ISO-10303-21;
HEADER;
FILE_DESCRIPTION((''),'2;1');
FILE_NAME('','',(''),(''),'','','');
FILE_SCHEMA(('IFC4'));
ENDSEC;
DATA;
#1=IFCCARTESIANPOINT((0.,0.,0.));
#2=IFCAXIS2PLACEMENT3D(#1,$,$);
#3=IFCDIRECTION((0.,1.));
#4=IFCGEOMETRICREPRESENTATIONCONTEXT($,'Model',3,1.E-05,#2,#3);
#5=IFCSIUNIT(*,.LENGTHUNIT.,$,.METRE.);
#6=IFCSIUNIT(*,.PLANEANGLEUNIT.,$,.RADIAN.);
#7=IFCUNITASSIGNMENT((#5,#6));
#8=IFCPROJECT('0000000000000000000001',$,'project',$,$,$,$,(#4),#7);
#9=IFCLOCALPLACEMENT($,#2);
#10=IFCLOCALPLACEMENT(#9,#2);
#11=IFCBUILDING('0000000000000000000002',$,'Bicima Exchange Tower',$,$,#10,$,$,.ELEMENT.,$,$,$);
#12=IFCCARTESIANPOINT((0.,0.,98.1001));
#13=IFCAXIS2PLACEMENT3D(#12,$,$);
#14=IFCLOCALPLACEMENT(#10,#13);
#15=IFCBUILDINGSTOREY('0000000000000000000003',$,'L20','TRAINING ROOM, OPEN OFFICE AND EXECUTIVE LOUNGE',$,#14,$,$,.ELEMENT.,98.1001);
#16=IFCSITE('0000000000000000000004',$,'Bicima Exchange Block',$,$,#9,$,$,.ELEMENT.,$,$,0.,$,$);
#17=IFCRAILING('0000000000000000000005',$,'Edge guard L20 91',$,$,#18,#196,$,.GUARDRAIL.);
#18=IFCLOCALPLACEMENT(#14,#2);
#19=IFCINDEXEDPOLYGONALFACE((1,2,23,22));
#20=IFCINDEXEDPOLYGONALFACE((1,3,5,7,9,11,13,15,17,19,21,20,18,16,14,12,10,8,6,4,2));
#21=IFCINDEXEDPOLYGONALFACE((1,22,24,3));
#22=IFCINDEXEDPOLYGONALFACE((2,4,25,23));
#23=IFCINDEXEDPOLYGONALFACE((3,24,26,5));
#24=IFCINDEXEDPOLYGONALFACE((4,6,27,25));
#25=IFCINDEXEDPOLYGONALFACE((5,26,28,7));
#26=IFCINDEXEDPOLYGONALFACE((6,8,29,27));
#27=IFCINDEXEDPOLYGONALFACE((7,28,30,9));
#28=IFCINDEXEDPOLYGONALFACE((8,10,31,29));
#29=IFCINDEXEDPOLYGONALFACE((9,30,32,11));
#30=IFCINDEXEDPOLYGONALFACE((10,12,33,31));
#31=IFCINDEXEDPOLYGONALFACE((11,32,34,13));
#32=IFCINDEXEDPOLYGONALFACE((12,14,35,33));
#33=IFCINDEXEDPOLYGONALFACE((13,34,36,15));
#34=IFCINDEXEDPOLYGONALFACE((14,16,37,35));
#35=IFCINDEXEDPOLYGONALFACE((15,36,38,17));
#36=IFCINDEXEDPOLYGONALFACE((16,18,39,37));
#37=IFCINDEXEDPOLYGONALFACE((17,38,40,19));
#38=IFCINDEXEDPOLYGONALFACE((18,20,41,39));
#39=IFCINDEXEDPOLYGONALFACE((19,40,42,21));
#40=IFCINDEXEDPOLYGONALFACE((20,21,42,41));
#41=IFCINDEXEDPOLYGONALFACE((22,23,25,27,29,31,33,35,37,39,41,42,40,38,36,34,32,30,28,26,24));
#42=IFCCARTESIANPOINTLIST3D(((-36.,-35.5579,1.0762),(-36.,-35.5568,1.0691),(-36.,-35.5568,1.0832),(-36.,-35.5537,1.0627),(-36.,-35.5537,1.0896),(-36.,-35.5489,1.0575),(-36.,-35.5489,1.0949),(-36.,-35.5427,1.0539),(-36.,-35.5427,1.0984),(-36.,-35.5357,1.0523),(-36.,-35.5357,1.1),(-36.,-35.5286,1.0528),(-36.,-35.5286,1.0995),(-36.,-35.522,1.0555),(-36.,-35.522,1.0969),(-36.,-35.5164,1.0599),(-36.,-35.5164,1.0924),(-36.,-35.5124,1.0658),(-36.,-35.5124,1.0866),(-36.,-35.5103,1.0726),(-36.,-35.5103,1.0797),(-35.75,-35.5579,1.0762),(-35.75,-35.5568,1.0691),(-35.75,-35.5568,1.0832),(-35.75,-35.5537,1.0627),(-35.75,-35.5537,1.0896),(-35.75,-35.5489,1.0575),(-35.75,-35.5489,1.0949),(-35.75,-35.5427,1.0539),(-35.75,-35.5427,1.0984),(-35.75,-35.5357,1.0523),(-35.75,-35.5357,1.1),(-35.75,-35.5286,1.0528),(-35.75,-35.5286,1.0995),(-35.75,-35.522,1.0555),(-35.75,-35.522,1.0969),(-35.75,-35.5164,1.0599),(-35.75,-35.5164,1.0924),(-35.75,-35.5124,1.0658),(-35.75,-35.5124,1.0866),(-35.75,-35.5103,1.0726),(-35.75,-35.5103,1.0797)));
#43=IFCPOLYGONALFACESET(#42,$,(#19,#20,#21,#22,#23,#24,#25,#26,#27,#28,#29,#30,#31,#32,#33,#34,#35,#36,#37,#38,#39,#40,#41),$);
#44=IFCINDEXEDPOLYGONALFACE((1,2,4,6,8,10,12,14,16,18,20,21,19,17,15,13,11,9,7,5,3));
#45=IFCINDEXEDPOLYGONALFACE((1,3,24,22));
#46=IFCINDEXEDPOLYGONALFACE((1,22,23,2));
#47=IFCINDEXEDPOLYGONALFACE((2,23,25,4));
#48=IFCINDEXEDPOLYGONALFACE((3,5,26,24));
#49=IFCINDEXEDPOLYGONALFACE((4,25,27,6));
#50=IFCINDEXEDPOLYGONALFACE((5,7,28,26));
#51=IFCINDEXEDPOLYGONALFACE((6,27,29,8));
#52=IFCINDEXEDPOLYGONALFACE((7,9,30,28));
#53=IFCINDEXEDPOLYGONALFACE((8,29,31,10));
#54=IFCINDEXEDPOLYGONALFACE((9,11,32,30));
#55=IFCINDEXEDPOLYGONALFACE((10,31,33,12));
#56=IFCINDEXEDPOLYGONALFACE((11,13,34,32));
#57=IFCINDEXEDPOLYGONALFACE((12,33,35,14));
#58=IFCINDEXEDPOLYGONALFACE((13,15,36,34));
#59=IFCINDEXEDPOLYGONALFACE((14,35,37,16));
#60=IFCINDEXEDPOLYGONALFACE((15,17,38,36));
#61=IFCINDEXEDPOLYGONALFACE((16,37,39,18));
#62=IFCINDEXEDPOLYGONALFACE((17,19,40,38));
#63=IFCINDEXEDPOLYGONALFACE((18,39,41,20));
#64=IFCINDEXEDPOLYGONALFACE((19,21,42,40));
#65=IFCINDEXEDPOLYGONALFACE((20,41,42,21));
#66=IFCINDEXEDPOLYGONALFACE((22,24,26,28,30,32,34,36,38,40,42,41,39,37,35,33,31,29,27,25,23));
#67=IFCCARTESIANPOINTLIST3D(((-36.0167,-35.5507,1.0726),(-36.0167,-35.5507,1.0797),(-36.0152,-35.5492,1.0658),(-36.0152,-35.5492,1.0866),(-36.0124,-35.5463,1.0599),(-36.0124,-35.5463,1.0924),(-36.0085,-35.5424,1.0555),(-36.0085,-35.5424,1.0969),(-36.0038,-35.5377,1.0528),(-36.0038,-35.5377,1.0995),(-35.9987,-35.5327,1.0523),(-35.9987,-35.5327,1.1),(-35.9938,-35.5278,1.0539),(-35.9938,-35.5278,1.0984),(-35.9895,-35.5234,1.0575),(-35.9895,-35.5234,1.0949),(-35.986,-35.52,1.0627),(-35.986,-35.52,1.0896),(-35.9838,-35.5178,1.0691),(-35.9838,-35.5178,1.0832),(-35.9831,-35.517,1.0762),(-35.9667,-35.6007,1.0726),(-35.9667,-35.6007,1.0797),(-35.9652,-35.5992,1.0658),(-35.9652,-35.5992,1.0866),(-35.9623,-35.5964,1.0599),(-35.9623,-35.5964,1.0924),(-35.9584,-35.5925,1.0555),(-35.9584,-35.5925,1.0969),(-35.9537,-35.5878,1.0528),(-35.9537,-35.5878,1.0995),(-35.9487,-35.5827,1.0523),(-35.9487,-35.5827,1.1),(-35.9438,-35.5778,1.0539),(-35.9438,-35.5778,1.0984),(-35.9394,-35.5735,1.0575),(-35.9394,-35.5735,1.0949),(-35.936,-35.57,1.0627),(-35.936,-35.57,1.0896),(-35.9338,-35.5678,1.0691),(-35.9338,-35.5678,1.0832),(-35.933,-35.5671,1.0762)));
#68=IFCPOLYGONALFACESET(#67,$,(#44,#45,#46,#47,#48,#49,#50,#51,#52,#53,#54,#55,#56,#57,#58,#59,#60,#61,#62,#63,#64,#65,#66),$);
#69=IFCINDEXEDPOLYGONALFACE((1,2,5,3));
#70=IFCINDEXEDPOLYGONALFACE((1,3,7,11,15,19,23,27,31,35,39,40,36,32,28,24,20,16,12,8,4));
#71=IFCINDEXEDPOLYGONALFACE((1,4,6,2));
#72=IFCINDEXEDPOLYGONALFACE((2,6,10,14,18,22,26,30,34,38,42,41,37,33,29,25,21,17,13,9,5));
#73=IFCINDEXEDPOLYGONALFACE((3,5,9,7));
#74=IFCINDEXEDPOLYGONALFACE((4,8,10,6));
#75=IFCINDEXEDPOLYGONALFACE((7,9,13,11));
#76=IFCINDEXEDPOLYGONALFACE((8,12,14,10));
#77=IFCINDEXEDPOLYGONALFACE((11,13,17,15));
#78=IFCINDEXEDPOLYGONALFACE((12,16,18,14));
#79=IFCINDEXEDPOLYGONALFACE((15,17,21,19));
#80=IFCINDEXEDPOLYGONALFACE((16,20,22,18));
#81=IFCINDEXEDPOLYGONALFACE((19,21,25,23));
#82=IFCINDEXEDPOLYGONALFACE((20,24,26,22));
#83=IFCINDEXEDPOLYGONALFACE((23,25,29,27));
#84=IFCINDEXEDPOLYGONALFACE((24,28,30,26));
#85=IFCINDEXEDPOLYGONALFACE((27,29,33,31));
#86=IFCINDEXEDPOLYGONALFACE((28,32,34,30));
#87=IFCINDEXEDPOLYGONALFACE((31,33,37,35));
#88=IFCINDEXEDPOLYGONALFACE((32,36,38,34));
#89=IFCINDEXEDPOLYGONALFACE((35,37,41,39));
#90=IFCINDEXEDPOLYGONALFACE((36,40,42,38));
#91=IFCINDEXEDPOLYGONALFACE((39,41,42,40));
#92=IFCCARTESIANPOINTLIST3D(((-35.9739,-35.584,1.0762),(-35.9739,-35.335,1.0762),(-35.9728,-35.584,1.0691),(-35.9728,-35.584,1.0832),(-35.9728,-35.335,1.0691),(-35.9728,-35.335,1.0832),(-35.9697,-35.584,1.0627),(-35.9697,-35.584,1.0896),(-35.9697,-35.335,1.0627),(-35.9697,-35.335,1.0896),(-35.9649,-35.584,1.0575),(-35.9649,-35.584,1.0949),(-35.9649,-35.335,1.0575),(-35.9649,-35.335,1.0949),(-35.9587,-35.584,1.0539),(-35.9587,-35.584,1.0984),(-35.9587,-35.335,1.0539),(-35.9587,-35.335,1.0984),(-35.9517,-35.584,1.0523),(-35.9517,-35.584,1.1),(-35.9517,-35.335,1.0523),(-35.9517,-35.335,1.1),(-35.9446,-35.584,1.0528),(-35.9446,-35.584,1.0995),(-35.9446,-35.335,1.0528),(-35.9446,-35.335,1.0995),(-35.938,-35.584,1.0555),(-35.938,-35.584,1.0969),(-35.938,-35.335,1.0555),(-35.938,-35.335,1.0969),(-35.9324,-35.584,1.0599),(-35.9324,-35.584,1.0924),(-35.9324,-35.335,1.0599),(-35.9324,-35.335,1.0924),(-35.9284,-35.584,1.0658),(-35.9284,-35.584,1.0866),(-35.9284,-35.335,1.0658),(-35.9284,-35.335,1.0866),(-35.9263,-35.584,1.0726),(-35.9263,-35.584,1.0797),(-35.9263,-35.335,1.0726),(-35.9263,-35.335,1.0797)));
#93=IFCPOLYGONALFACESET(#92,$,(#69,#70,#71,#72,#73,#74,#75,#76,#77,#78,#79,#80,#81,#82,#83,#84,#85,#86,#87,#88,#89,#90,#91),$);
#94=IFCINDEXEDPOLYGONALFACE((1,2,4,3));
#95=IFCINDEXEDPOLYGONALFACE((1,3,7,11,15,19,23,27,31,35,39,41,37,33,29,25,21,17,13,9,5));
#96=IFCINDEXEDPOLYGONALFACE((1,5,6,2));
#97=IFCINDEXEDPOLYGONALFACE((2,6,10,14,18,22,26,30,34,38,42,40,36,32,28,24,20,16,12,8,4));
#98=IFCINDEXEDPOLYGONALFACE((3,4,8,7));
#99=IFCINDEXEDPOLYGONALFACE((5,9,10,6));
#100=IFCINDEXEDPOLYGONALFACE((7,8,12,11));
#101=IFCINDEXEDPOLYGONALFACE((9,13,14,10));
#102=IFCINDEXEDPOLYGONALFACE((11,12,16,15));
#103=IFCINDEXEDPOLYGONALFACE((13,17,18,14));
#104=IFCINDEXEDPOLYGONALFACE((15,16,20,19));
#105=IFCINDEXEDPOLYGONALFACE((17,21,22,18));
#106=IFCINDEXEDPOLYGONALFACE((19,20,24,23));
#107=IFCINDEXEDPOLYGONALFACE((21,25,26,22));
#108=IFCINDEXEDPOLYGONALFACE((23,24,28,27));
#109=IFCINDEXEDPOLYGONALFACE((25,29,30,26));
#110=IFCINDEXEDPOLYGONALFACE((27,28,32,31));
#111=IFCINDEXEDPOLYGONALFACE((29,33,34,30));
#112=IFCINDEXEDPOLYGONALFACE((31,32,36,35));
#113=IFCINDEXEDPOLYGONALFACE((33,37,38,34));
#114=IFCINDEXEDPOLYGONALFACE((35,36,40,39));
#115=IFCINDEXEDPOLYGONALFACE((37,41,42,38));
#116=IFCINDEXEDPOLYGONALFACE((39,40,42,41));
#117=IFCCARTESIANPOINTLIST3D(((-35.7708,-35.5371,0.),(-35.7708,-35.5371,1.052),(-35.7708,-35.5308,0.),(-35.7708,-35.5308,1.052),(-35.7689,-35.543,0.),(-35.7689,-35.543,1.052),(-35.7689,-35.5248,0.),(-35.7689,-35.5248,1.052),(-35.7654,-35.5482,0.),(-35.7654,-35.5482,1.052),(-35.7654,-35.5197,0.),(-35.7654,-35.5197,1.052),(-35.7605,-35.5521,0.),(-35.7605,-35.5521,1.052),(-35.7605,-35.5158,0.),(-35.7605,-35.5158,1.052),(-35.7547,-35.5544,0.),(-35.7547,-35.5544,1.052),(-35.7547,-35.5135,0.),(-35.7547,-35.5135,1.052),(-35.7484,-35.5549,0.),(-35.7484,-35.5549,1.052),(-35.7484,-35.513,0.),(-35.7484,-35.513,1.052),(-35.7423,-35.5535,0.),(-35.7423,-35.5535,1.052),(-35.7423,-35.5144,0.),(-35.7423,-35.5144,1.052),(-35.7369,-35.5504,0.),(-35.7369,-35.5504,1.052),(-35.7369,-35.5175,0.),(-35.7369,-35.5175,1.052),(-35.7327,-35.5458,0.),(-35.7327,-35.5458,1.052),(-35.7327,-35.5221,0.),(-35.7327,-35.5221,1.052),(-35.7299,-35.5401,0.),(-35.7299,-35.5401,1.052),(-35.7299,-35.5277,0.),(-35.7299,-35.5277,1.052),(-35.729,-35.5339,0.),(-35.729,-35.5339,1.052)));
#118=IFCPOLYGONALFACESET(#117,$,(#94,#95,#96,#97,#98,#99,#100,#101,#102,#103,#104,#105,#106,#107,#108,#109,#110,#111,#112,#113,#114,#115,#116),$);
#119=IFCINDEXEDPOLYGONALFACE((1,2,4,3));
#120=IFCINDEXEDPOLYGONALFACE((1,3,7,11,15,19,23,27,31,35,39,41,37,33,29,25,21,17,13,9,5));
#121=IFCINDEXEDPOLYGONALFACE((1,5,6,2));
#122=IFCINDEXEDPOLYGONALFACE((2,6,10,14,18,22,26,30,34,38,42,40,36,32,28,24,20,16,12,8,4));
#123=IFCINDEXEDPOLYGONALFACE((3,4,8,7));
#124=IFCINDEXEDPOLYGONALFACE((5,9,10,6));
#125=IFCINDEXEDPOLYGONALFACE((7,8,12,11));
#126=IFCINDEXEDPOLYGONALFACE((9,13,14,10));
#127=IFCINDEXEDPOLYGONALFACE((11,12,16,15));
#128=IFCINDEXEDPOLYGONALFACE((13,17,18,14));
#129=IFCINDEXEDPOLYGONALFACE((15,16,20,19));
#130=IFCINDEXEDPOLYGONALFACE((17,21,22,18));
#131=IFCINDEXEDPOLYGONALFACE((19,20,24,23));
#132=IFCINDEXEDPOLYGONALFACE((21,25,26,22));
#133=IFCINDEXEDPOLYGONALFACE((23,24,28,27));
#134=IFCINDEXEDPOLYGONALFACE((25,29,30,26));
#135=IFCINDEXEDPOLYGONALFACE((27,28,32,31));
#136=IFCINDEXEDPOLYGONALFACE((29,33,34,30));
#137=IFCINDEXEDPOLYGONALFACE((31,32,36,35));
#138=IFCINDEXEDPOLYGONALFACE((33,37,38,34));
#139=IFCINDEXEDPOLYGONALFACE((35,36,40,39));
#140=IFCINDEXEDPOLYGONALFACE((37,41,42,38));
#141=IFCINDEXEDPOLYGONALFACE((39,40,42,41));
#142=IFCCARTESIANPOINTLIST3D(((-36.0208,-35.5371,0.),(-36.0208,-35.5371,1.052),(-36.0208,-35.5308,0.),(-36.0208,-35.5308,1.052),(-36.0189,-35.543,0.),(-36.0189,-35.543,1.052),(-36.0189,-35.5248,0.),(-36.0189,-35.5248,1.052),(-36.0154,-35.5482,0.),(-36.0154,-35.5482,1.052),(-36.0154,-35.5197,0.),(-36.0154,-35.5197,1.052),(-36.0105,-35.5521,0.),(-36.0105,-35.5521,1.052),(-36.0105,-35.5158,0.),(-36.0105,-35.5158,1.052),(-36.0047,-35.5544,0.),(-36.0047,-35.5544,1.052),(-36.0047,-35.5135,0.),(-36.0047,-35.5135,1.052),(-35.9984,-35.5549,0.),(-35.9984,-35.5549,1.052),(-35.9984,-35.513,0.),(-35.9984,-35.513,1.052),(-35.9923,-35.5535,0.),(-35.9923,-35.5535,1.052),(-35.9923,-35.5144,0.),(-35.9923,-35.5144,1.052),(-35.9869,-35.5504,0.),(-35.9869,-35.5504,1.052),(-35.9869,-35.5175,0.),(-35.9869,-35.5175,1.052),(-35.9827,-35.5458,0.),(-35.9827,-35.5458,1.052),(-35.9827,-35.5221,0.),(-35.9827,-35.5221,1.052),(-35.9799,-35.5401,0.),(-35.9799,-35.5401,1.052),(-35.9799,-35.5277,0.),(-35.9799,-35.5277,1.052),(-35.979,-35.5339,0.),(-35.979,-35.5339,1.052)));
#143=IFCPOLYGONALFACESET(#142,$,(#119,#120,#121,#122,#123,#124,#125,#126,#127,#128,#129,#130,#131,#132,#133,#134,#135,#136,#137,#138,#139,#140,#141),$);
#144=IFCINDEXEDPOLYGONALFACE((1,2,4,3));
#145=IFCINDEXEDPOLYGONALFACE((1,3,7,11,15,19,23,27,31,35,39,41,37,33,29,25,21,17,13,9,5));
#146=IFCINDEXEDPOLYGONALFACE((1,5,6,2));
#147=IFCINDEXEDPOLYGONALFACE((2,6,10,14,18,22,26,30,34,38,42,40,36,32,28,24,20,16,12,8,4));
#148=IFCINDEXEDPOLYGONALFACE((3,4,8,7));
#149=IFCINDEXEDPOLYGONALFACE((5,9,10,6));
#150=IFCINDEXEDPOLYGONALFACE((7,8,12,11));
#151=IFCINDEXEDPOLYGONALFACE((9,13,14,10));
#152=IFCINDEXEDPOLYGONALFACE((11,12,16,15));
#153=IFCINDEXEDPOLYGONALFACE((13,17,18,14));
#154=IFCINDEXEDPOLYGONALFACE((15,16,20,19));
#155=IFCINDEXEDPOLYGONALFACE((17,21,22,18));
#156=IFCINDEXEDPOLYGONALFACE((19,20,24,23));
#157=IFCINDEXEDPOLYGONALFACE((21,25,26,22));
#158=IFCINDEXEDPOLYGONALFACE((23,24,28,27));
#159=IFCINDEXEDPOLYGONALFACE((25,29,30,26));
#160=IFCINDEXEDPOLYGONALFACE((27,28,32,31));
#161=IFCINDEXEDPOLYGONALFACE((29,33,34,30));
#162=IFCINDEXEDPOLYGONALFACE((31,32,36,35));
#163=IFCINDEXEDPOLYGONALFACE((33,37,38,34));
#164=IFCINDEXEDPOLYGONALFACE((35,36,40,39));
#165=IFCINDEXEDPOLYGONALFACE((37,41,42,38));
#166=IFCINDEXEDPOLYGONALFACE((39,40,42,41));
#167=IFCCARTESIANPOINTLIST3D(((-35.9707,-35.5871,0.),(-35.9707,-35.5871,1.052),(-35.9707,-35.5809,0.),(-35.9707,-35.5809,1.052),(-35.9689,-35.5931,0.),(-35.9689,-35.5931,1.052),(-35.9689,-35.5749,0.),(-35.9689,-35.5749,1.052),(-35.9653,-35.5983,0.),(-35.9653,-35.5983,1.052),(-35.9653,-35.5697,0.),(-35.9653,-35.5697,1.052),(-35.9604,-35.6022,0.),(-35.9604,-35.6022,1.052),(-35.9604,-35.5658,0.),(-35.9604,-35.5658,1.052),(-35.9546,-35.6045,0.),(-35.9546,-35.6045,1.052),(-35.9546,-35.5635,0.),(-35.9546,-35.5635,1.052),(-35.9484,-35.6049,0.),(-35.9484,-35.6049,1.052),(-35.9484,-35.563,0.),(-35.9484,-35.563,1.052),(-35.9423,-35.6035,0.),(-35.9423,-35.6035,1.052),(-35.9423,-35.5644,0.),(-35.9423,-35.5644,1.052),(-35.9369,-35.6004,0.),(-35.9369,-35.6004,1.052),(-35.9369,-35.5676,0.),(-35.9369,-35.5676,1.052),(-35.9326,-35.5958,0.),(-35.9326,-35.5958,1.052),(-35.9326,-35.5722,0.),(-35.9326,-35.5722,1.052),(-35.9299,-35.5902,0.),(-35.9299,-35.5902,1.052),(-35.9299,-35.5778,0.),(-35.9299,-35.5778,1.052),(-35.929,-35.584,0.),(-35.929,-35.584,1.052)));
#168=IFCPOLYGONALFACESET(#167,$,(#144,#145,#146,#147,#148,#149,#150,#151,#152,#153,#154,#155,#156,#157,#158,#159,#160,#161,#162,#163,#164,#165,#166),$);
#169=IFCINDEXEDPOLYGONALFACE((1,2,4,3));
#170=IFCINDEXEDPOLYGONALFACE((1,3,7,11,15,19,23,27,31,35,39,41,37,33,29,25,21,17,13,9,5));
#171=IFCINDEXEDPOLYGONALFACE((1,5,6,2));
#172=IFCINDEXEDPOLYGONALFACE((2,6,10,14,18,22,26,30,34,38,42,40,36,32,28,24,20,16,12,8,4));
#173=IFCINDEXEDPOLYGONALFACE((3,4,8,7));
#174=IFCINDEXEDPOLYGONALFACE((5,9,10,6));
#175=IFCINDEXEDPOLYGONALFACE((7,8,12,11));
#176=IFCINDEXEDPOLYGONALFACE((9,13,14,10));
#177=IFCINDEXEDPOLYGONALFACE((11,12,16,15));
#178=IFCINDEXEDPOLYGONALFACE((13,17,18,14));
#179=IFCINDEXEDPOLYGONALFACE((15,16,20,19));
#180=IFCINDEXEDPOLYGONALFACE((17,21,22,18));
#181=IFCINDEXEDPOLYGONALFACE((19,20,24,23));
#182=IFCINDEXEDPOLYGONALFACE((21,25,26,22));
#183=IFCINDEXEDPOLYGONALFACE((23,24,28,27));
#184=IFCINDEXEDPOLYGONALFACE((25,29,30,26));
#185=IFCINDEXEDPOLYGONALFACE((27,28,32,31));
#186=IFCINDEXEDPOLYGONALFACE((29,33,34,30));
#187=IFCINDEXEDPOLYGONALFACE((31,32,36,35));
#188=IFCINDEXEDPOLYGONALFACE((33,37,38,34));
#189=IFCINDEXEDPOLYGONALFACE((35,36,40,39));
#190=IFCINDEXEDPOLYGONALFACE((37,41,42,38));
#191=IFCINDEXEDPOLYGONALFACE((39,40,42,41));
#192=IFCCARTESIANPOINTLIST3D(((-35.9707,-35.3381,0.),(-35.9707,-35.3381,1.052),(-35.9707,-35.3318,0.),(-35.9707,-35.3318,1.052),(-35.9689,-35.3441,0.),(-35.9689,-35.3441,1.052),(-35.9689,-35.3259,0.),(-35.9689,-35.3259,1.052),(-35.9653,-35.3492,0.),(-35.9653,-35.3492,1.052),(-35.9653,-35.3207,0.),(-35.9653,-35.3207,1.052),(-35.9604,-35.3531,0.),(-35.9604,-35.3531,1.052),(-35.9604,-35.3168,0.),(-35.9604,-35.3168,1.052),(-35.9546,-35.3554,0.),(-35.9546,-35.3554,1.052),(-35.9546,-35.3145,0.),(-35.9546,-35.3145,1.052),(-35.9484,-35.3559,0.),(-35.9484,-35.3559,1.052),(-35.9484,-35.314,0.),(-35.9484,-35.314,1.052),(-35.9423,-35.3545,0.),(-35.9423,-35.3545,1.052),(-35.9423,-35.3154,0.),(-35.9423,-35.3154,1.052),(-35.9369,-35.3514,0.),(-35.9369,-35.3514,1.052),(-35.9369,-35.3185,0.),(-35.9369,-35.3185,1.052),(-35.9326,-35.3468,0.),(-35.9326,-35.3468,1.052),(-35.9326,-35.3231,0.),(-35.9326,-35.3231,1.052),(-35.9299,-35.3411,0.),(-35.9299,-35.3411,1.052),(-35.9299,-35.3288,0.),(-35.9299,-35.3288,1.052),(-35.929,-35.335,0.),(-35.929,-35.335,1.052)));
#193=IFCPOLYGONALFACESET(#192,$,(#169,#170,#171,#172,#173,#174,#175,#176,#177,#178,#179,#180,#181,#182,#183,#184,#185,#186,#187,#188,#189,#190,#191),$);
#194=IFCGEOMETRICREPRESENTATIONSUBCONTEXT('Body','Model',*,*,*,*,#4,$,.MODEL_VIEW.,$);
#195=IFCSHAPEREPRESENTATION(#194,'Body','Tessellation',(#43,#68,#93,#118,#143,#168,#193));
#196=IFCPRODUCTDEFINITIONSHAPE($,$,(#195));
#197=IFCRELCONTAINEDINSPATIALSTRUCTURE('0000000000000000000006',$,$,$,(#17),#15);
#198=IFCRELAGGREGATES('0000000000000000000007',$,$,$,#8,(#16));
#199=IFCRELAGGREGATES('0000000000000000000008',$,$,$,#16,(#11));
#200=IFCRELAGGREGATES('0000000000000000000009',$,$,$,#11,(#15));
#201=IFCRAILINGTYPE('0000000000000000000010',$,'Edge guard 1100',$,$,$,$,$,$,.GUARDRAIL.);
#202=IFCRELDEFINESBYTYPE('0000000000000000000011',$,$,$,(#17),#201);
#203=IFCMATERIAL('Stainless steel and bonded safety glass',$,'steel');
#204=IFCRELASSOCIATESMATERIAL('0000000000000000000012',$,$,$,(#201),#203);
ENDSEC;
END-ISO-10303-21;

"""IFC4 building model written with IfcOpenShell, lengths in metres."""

from ifc_helpers import new_model, si_unit, direction, frame, origin, origin_2d, place, context, subcontext, project, spatial, circle, extrude, material, type_object, element, save


model = new_model("IFC4")

# Units and contexts
model_context = context("Model", 3, precision=1e-05, world=origin(), true_north=direction((0.0, 1.0)))
body_context = subcontext(model_context, "Body", "Model", "MODEL_VIEW")
ifc_project = project(units=[si_unit("LENGTHUNIT", "METRE"), si_unit("PLANEANGLEUNIT", "RADIAN")], contexts=[model_context])

# Site, building, storey
site_placement = place(None, origin())
site = spatial("IfcSite", under=ifc_project, at=site_placement, Name="Bicima Exchange Block", CompositionType="ELEMENT", RefElevation=0.0)
building_placement = place(site_placement, origin())
building = spatial("IfcBuilding", under=site, at=building_placement, Name="Bicima Exchange Tower", CompositionType="ELEMENT")
storey_placement = place(building_placement, frame((0.0, 0.0, 98.1001)))
storey = spatial("IfcBuildingStorey", under=building, at=storey_placement, Name="L20", Description="TRAINING ROOM, OPEN OFFICE AND EXECUTIVE LOUNGE", CompositionType="ELEMENT", Elevation=98.1001)

# Railing
ifc_material_1 = material(Name="Stainless steel and bonded safety glass", Category="steel")
railing_type = type_object("IfcRailingType", Name="Edge guard 1100", PredefinedType="GUARDRAIL", material=ifc_material_1)
railing_1_placement = place(storey_placement, frame((-35.75, -35.5339, 0.0)))
element("IfcRailing", 1, at=railing_1_placement, inside=storey, type_object=railing_type, Name="Edge guard L20 91", PredefinedType="GUARDRAIL", context=body_context, shape_type="SweptSolid", body=[
    extrude(circle(Radius=0.0239, at=origin_2d()), frame((0.0, 0.0, 1.0762), z_axis=(-1.0, 0.0, 0.0), x_axis=(0.0, -1.0, 0.0)), (0.0, 0.0, 1.0), 0.25),
    extrude(circle(Radius=0.0239, at=origin_2d()), frame((-0.25, 0.0, 1.0762), z_axis=(0.707107, -0.707107, 0.0), x_axis=(0.707107, 0.707107, 0.0)), (0.0, 0.0, 1.0), 0.0708),
    extrude(circle(Radius=0.0239, at=origin_2d()), frame((-0.2, -0.05, 1.0762), z_axis=(0.0, 1.0, 0.0), x_axis=(-1.0, 0.0, 0.0)), (0.0, 0.0, 1.0), 0.249),
    extrude(circle(Radius=0.021, at=origin_2d()), origin(), (0.0, 0.0, 1.0), 1.052),
    extrude(circle(Radius=0.021, at=origin_2d()), frame((-0.25, 0.0, 0.0)), (0.0, 0.0, 1.0), 1.052),
    extrude(circle(Radius=0.021, at=origin_2d()), frame((-0.2, -0.05, 0.0)), (0.0, 0.0, 1.0), 1.052),
    extrude(circle(Radius=0.021, at=origin_2d()), frame((-0.2, 0.199, 0.0)), (0.0, 0.0, 1.0), 1.052),
])

save(model, "model.ifc")
